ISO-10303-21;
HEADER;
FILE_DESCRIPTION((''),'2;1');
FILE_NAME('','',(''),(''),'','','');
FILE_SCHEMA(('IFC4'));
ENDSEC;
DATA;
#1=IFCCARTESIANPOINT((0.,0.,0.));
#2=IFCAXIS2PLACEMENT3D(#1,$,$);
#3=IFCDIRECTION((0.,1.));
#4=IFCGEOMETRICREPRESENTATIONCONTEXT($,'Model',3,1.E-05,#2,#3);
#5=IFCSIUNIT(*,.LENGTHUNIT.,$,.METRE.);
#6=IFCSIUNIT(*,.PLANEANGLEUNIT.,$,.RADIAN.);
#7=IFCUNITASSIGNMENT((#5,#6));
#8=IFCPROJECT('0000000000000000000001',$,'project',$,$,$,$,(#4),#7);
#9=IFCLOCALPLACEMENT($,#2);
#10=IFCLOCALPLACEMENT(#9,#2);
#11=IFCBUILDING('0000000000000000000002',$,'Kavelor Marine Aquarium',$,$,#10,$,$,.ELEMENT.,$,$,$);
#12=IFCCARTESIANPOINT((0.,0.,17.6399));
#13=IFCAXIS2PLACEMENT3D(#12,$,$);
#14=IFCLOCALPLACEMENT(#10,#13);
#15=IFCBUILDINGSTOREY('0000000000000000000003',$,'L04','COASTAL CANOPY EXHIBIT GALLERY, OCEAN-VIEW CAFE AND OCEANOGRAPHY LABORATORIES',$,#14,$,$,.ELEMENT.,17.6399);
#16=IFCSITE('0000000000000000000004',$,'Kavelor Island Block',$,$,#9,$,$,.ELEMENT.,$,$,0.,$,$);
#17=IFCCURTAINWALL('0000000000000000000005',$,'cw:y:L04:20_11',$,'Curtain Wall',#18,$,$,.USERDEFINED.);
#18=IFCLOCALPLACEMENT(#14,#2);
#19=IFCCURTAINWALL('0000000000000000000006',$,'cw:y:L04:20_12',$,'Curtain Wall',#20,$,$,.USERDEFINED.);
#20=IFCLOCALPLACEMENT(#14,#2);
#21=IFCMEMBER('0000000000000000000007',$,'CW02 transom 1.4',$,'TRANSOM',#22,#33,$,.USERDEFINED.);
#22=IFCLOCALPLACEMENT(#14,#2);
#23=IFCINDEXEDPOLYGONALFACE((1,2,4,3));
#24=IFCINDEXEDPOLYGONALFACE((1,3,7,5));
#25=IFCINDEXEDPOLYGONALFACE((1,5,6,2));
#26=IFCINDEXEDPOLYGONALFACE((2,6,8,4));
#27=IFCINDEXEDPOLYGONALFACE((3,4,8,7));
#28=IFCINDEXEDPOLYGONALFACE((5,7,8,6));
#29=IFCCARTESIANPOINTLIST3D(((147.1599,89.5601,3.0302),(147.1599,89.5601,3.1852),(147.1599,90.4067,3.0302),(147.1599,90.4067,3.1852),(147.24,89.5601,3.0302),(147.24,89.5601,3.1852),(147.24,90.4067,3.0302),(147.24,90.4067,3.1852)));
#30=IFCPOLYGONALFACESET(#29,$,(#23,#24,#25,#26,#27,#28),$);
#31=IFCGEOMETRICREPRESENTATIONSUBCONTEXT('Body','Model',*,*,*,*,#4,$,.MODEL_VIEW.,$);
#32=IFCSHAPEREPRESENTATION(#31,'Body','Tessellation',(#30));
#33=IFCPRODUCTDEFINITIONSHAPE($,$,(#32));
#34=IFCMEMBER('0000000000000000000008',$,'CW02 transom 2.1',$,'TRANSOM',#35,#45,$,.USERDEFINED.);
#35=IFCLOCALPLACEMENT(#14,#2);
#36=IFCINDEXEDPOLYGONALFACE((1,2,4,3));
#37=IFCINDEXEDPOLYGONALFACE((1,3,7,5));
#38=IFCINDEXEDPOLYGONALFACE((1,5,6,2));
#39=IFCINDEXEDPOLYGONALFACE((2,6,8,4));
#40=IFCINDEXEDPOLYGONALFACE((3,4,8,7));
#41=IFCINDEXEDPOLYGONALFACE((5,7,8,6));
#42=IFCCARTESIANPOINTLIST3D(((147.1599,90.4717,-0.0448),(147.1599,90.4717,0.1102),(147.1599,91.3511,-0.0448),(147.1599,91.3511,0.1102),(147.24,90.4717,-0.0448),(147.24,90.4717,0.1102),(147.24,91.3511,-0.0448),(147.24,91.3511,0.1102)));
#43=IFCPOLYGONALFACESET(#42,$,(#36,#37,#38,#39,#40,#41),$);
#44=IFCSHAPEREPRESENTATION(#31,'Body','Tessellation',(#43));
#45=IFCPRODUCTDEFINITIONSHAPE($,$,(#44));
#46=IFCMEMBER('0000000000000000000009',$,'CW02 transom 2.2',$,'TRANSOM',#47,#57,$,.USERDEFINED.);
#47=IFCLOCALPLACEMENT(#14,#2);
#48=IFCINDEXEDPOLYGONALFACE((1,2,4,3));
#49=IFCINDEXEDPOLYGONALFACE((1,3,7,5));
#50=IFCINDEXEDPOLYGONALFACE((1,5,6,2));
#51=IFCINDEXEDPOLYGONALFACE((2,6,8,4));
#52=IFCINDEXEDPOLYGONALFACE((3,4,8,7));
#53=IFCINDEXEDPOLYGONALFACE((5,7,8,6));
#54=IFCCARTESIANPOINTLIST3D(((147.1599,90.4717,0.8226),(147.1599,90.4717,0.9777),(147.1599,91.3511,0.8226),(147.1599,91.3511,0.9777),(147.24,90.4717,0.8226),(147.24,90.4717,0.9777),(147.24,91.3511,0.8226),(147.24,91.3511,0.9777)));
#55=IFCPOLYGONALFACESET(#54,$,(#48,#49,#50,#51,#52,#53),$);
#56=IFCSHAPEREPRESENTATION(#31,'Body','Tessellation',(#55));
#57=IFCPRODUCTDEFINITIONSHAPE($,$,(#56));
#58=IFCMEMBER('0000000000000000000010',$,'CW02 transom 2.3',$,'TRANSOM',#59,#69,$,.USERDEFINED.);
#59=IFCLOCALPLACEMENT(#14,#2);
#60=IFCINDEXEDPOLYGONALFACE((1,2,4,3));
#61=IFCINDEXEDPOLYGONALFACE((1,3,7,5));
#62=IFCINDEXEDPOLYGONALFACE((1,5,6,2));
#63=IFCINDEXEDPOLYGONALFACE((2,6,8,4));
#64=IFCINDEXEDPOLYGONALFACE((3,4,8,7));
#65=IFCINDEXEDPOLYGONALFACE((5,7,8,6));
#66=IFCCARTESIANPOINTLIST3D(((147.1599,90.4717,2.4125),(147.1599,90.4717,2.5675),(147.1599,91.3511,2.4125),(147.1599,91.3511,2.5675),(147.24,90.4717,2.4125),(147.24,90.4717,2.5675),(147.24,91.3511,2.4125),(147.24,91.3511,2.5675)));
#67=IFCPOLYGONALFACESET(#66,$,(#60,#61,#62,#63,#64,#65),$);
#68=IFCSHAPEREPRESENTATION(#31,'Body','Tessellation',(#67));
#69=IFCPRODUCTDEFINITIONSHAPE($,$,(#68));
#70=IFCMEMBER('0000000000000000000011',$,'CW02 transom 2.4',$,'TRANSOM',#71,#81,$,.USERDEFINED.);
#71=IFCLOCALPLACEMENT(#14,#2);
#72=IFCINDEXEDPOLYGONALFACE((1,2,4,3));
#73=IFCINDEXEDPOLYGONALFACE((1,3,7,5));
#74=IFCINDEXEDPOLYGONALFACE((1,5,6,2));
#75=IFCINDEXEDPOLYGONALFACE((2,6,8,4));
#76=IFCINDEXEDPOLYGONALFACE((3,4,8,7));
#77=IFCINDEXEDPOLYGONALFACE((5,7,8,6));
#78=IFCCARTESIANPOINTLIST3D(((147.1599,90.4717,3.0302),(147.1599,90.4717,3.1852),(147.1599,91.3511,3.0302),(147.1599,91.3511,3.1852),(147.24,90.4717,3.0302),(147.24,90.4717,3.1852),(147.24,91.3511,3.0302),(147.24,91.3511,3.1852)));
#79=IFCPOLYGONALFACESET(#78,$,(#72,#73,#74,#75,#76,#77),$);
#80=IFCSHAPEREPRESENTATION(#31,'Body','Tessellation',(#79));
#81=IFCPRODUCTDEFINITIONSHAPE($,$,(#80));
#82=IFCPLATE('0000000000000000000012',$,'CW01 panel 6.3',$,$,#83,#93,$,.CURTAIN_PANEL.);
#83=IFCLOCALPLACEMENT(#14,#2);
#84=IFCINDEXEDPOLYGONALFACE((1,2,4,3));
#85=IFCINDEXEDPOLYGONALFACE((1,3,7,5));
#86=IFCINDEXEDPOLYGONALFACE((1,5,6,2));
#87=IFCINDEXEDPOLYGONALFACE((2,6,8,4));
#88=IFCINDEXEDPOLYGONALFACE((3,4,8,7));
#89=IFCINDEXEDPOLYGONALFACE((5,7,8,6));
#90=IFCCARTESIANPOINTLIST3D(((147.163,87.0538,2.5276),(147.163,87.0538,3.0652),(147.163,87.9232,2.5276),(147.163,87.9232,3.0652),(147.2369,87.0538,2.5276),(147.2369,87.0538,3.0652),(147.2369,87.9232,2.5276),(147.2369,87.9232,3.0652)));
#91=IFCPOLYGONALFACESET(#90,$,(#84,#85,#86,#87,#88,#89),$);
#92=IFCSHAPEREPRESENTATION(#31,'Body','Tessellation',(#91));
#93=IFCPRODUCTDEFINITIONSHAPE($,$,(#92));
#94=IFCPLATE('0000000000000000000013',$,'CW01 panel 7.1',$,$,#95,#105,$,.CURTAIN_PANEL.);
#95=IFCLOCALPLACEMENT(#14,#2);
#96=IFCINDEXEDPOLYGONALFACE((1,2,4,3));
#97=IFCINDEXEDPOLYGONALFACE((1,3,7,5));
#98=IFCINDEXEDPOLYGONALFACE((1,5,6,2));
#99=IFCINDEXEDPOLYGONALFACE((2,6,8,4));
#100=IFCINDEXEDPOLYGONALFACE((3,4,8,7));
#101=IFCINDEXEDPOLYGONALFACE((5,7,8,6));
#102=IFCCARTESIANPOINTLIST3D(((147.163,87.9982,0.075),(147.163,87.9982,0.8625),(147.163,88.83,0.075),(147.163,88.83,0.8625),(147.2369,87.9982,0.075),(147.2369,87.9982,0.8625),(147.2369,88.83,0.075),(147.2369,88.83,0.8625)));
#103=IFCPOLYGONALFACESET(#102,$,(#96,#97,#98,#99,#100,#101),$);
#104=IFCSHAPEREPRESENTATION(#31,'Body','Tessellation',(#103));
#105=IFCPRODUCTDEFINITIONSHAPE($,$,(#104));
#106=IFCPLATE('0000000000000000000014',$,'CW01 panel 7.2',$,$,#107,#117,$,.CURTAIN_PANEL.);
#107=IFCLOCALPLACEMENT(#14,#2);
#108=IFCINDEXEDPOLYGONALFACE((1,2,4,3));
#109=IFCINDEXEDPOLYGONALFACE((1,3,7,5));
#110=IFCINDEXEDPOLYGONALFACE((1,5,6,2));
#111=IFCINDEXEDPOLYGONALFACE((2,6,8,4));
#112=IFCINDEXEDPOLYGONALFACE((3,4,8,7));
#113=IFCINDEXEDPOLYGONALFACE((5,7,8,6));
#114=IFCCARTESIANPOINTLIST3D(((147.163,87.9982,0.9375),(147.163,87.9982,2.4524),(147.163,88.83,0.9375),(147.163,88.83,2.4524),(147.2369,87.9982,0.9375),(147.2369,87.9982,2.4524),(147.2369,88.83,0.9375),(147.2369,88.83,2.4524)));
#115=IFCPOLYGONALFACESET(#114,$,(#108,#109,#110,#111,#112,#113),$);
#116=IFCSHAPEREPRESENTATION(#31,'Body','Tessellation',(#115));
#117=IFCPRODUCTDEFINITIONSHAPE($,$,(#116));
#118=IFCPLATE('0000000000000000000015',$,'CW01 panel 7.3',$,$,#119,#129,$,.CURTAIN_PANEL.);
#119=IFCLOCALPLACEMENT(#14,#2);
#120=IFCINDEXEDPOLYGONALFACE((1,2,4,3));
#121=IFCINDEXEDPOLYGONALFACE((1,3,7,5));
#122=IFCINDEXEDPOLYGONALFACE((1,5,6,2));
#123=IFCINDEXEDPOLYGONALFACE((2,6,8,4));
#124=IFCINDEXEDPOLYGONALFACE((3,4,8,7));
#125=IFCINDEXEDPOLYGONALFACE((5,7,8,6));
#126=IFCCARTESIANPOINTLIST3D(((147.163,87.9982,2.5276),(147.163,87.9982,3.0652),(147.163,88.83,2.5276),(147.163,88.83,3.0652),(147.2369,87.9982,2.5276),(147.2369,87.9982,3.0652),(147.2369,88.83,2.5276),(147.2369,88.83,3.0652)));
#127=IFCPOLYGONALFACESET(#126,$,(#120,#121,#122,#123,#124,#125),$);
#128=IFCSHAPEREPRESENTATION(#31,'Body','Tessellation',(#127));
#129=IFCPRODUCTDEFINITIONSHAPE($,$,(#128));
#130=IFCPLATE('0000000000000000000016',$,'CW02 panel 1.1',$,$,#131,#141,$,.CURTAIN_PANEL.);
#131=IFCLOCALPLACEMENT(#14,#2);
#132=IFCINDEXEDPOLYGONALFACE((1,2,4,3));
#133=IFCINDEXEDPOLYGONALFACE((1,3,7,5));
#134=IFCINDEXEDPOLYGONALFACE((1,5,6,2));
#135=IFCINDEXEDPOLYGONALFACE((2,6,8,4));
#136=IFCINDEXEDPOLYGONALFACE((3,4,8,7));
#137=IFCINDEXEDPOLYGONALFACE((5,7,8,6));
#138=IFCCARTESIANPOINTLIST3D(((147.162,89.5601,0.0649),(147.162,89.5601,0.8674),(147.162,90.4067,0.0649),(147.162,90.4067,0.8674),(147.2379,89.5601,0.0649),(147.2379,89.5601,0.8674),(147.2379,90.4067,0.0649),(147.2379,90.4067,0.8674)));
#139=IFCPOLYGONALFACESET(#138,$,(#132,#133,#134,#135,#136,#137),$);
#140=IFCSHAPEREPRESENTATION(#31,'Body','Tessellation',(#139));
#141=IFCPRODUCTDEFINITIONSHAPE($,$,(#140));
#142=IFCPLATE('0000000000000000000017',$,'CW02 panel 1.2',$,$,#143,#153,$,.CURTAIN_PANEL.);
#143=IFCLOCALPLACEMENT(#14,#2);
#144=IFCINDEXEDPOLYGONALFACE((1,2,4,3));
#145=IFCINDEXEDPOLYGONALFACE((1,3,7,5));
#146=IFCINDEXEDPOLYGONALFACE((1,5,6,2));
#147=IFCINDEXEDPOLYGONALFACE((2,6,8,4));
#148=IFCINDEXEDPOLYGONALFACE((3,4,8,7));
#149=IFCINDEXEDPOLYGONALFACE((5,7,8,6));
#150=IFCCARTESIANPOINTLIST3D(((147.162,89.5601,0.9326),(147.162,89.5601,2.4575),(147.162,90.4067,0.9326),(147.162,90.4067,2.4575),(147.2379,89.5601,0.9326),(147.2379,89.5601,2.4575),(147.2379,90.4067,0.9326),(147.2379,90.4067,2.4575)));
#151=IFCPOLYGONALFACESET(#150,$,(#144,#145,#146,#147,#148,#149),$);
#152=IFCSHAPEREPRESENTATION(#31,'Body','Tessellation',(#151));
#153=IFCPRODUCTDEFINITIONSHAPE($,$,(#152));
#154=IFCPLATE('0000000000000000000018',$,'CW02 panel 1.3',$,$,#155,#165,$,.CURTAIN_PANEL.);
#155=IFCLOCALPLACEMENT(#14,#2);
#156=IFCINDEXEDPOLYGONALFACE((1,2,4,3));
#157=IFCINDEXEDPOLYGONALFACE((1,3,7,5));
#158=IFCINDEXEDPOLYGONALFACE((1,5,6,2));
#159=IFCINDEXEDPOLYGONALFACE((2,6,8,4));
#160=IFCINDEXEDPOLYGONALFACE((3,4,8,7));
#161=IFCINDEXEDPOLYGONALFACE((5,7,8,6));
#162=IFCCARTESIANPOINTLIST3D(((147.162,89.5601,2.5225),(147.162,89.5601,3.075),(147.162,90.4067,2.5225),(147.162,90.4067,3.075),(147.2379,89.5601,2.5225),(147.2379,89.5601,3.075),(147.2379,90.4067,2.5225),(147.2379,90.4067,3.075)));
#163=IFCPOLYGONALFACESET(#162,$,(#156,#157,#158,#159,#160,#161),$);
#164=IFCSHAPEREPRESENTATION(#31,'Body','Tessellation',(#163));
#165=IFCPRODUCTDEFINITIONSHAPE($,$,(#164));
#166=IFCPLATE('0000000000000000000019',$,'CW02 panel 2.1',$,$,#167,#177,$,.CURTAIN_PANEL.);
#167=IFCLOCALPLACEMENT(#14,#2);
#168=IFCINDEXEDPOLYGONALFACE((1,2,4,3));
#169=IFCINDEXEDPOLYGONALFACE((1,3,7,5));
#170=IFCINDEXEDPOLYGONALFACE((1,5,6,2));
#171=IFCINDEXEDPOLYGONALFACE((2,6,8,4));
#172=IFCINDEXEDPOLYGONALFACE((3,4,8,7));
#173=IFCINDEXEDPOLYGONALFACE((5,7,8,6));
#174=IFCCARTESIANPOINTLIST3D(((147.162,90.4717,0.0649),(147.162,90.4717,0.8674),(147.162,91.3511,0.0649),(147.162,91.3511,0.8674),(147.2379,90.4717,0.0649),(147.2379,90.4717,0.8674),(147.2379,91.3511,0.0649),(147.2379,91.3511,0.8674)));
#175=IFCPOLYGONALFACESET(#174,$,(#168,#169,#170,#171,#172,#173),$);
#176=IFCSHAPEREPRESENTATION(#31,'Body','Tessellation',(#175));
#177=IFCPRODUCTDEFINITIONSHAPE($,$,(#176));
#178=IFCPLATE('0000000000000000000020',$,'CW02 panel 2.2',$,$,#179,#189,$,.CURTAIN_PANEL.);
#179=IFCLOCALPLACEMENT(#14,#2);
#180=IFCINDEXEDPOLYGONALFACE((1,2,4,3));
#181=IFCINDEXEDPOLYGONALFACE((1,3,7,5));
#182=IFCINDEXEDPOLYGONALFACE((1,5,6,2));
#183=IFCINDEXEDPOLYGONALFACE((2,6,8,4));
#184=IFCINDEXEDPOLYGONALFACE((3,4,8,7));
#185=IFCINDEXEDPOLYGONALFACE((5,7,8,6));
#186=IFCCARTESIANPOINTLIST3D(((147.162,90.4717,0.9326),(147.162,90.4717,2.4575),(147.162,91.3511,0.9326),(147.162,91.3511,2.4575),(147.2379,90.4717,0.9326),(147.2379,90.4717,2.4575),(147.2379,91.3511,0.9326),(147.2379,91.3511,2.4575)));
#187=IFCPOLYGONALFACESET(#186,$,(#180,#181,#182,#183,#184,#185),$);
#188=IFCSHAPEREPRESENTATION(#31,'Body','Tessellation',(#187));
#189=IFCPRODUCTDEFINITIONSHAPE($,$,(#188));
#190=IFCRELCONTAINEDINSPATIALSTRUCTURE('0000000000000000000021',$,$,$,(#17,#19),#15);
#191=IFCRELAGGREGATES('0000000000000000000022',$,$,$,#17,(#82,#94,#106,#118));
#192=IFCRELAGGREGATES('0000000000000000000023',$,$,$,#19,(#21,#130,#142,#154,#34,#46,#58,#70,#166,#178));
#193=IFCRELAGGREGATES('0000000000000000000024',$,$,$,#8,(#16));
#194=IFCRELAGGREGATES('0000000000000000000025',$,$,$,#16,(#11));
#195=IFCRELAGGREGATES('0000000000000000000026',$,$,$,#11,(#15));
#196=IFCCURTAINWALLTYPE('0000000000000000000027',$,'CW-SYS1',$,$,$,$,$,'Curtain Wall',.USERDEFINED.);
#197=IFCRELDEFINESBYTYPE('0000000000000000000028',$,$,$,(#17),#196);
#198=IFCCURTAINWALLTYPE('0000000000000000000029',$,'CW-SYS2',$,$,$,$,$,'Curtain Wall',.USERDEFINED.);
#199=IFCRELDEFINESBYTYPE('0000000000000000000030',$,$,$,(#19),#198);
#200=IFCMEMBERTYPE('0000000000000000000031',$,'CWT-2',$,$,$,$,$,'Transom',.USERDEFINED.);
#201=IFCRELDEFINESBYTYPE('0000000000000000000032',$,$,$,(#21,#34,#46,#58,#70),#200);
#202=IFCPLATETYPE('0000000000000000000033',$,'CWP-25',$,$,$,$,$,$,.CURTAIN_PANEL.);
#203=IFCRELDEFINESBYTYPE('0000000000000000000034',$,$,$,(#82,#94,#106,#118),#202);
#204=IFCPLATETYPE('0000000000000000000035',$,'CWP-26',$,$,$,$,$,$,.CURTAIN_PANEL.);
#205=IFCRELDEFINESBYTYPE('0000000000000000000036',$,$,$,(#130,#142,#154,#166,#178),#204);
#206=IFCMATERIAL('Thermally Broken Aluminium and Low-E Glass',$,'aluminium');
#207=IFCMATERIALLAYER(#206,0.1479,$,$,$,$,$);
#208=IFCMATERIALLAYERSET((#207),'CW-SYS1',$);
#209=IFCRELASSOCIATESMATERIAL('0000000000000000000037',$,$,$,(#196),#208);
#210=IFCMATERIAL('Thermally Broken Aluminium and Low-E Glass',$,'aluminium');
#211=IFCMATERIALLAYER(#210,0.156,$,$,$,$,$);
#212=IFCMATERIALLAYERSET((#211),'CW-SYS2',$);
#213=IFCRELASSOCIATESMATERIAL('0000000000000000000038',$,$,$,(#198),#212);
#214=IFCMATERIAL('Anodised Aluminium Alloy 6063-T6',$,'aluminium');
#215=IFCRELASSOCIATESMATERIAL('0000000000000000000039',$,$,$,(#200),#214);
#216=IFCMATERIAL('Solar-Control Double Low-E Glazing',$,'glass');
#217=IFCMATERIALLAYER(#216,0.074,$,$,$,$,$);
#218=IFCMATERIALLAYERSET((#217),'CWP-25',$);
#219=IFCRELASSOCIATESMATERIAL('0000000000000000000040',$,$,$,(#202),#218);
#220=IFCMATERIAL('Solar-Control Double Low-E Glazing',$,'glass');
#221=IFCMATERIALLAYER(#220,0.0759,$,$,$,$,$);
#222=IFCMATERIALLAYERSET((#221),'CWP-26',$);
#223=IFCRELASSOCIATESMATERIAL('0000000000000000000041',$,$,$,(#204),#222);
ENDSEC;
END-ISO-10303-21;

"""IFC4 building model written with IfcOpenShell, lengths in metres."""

from ifc_helpers import new_model, si_unit, direction, frame, origin, origin_2d, place, context, subcontext, project, spatial, rectangle, extrude, material, layer, layer_set, material_profile, profile_set, type_object, element, aggregate, save


model = new_model("IFC4")

# Units and contexts
model_context = context("Model", 3, precision=1e-05, world=origin(), true_north=direction((0.0, 1.0)))
body_context = subcontext(model_context, "Body", "Model", "MODEL_VIEW")
ifc_project = project(units=[si_unit("LENGTHUNIT", "METRE"), si_unit("PLANEANGLEUNIT", "RADIAN")], contexts=[model_context])

# Site, building, storey
site_placement = place(None, origin())
site = spatial("IfcSite", under=ifc_project, at=site_placement, Name="Kavelor Island Block", CompositionType="ELEMENT", RefElevation=0.0)
building_placement = place(site_placement, origin())
building = spatial("IfcBuilding", under=site, at=building_placement, Name="Kavelor Marine Aquarium", CompositionType="ELEMENT")
storey_placement = place(building_placement, frame((0.0, 0.0, 17.6399)))
storey = spatial("IfcBuildingStorey", under=building, at=storey_placement, Name="L04", Description="COASTAL CANOPY EXHIBIT GALLERY, OCEAN-VIEW CAFE AND OCEANOGRAPHY LABORATORIES", CompositionType="ELEMENT", Elevation=17.6399)

# Curtain walls
ifc_material_1 = material(Name="Thermally Broken Aluminium and Low-E Glass", Category="aluminium")
ifc_layer_1 = layer(ifc_material_1, 0.1479)
ifc_layer_set_1 = layer_set([ifc_layer_1], Name="CW-SYS1")
curtain_wall_type_1 = type_object("IfcCurtainWallType", Name="CW-SYS1", ElementType="Curtain Wall", PredefinedType="USERDEFINED", material=ifc_layer_set_1)
curtain_wall_1_placement = place(storey_placement, origin())
curtain_wall_1 = element("IfcCurtainWall", 1, at=curtain_wall_1_placement, inside=storey, type_object=curtain_wall_type_1, Name="cw:y:L04:20_11", ObjectType="Curtain Wall", PredefinedType="USERDEFINED")
ifc_material_2 = material(Name="Thermally Broken Aluminium and Low-E Glass", Category="aluminium")
ifc_layer_2 = layer(ifc_material_2, 0.156)
ifc_layer_set_2 = layer_set([ifc_layer_2], Name="CW-SYS2")
curtain_wall_type_2 = type_object("IfcCurtainWallType", Name="CW-SYS2", ElementType="Curtain Wall", PredefinedType="USERDEFINED", material=ifc_layer_set_2)
curtain_wall_2_placement = place(storey_placement, origin())
curtain_wall_2 = element("IfcCurtainWall", 2, at=curtain_wall_2_placement, inside=storey, type_object=curtain_wall_type_2, Name="cw:y:L04:20_12", ObjectType="Curtain Wall", PredefinedType="USERDEFINED")

# Members
ifc_material_3 = material(Name="Anodised Aluminium Alloy 6063-T6", Category="aluminium")
ifc_material_profile_1 = material_profile(ifc_material_3, rectangle(XDim=0.0801, YDim=0.155, at=origin_2d()), Name="CW-TRN 80x155")
ifc_profile_set_1 = profile_set([ifc_material_profile_1], Name="Anodised Aluminium Alloy 6063-T6")
member_type_1 = type_object("IfcMemberType", Name="CWT-2", ElementType="Transom", PredefinedType="USERDEFINED", material=ifc_profile_set_1)
member_1_placement = place(storey_placement, frame((147.2, 89.5601, 3.1077), z_axis=(0.0, 1.0, 0.0), x_axis=(-1.0, 0.0, 0.0)))
member_1 = element("IfcMember", 3, at=member_1_placement, type_object=member_type_1, Name="CW02 transom 1.4", ObjectType="TRANSOM", PredefinedType="USERDEFINED", context=body_context, shape_type="SweptSolid", body=[
    extrude(rectangle(XDim=0.0801, YDim=0.155, at=origin_2d()), origin(), (0.0, 0.0, 1.0), 0.8467),
])
member_2_placement = place(storey_placement, frame((147.2, 90.4717, 0.0327), z_axis=(0.0, 1.0, 0.0), x_axis=(-1.0, 0.0, 0.0)))
member_2 = element("IfcMember", 4, at=member_2_placement, type_object=member_type_1, Name="CW02 transom 2.1", ObjectType="TRANSOM", PredefinedType="USERDEFINED", context=body_context, shape_type="SweptSolid", body=[
    extrude(rectangle(XDim=0.0801, YDim=0.155, at=origin_2d()), origin(), (0.0, 0.0, 1.0), 0.8794),
])
member_3_placement = place(storey_placement, frame((147.2, 90.4717, 0.9001), z_axis=(0.0, 1.0, 0.0), x_axis=(-1.0, 0.0, 0.0)))
member_3 = element("IfcMember", 5, at=member_3_placement, type_object=member_type_1, Name="CW02 transom 2.2", ObjectType="TRANSOM", PredefinedType="USERDEFINED", context=body_context, shape_type="SweptSolid", body=[
    extrude(rectangle(XDim=0.0801, YDim=0.155, at=origin_2d()), origin(), (0.0, 0.0, 1.0), 0.8794),
])
member_4_placement = place(storey_placement, frame((147.2, 90.4717, 2.49), z_axis=(0.0, 1.0, 0.0), x_axis=(-1.0, 0.0, 0.0)))
member_4 = element("IfcMember", 6, at=member_4_placement, type_object=member_type_1, Name="CW02 transom 2.3", ObjectType="TRANSOM", PredefinedType="USERDEFINED", context=body_context, shape_type="SweptSolid", body=[
    extrude(rectangle(XDim=0.0801, YDim=0.155, at=origin_2d()), origin(), (0.0, 0.0, 1.0), 0.8794),
])
member_5_placement = place(storey_placement, frame((147.2, 90.4717, 3.1077), z_axis=(0.0, 1.0, 0.0), x_axis=(-1.0, 0.0, 0.0)))
member_5 = element("IfcMember", 7, at=member_5_placement, type_object=member_type_1, Name="CW02 transom 2.4", ObjectType="TRANSOM", PredefinedType="USERDEFINED", context=body_context, shape_type="SweptSolid", body=[
    extrude(rectangle(XDim=0.0801, YDim=0.155, at=origin_2d()), origin(), (0.0, 0.0, 1.0), 0.8794),
])

# Plates
ifc_material_4 = material(Name="Solar-Control Double Low-E Glazing", Category="glass")
ifc_layer_3 = layer(ifc_material_4, 0.074)
ifc_layer_set_3 = layer_set([ifc_layer_3], Name="CWP-25")
plate_type_1 = type_object("IfcPlateType", Name="CWP-25", PredefinedType="CURTAIN_PANEL", material=ifc_layer_set_3)
plate_1_placement = place(storey_placement, frame((147.2, 87.4885, 2.5276), z_axis=(0.0, 0.0, 1.0), x_axis=(0.0, 1.0, 0.0)))
plate_1 = element("IfcPlate", 8, at=plate_1_placement, type_object=plate_type_1, Name="CW01 panel 6.3", PredefinedType="CURTAIN_PANEL", context=body_context, shape_type="SweptSolid", body=[
    extrude(rectangle(XDim=0.8694, YDim=0.074, at=origin_2d()), origin(), (0.0, 0.0, 1.0), 0.5376),
])
plate_2_placement = place(storey_placement, frame((147.2, 88.4141, 0.075), z_axis=(0.0, 0.0, 1.0), x_axis=(0.0, 1.0, 0.0)))
plate_2 = element("IfcPlate", 9, at=plate_2_placement, type_object=plate_type_1, Name="CW01 panel 7.1", PredefinedType="CURTAIN_PANEL", context=body_context, shape_type="SweptSolid", body=[
    extrude(rectangle(XDim=0.8318, YDim=0.074, at=origin_2d()), origin(), (0.0, 0.0, 1.0), 0.7876),
])
plate_3_placement = place(storey_placement, frame((147.2, 88.4141, 0.9375), z_axis=(0.0, 0.0, 1.0), x_axis=(0.0, 1.0, 0.0)))
plate_3 = element("IfcPlate", 10, at=plate_3_placement, type_object=plate_type_1, Name="CW01 panel 7.2", PredefinedType="CURTAIN_PANEL", context=body_context, shape_type="SweptSolid", body=[
    extrude(rectangle(XDim=0.8318, YDim=0.074, at=origin_2d()), origin(), (0.0, 0.0, 1.0), 1.5149),
])
plate_4_placement = place(storey_placement, frame((147.2, 88.4141, 2.5276), z_axis=(0.0, 0.0, 1.0), x_axis=(0.0, 1.0, 0.0)))
plate_4 = element("IfcPlate", 11, at=plate_4_placement, type_object=plate_type_1, Name="CW01 panel 7.3", PredefinedType="CURTAIN_PANEL", context=body_context, shape_type="SweptSolid", body=[
    extrude(rectangle(XDim=0.8318, YDim=0.074, at=origin_2d()), origin(), (0.0, 0.0, 1.0), 0.5376),
])
aggregate(curtain_wall_1, [plate_1, plate_2, plate_3, plate_4])
ifc_material_5 = material(Name="Solar-Control Double Low-E Glazing", Category="glass")
ifc_layer_4 = layer(ifc_material_5, 0.0759)
ifc_layer_set_4 = layer_set([ifc_layer_4], Name="CWP-26")
plate_type_2 = type_object("IfcPlateType", Name="CWP-26", PredefinedType="CURTAIN_PANEL", material=ifc_layer_set_4)
plate_5_placement = place(storey_placement, frame((147.2, 89.9834, 0.0649), z_axis=(0.0, 0.0, 1.0), x_axis=(0.0, 1.0, 0.0)))
plate_5 = element("IfcPlate", 12, at=plate_5_placement, type_object=plate_type_2, Name="CW02 panel 1.1", PredefinedType="CURTAIN_PANEL", context=body_context, shape_type="SweptSolid", body=[
    extrude(rectangle(XDim=0.8467, YDim=0.0759, at=origin_2d()), origin(), (0.0, 0.0, 1.0), 0.8025),
])
plate_6_placement = place(storey_placement, frame((147.2, 89.9834, 0.9326), z_axis=(0.0, 0.0, 1.0), x_axis=(0.0, 1.0, 0.0)))
plate_6 = element("IfcPlate", 13, at=plate_6_placement, type_object=plate_type_2, Name="CW02 panel 1.2", PredefinedType="CURTAIN_PANEL", context=body_context, shape_type="SweptSolid", body=[
    extrude(rectangle(XDim=0.8467, YDim=0.0759, at=origin_2d()), origin(), (0.0, 0.0, 1.0), 1.5249),
])
plate_7_placement = place(storey_placement, frame((147.2, 89.9834, 2.5225), z_axis=(0.0, 0.0, 1.0), x_axis=(0.0, 1.0, 0.0)))
plate_7 = element("IfcPlate", 14, at=plate_7_placement, type_object=plate_type_2, Name="CW02 panel 1.3", PredefinedType="CURTAIN_PANEL", context=body_context, shape_type="SweptSolid", body=[
    extrude(rectangle(XDim=0.8467, YDim=0.0759, at=origin_2d()), origin(), (0.0, 0.0, 1.0), 0.5525),
])
plate_8_placement = place(storey_placement, frame((147.2, 90.9114, 0.0649), z_axis=(0.0, 0.0, 1.0), x_axis=(0.0, 1.0, 0.0)))
plate_8 = element("IfcPlate", 15, at=plate_8_placement, type_object=plate_type_2, Name="CW02 panel 2.1", PredefinedType="CURTAIN_PANEL", context=body_context, shape_type="SweptSolid", body=[
    extrude(rectangle(XDim=0.8794, YDim=0.0759, at=origin_2d()), origin(), (0.0, 0.0, 1.0), 0.8025),
])
plate_9_placement = place(storey_placement, frame((147.2, 90.9114, 0.9326), z_axis=(0.0, 0.0, 1.0), x_axis=(0.0, 1.0, 0.0)))
plate_9 = element("IfcPlate", 16, at=plate_9_placement, type_object=plate_type_2, Name="CW02 panel 2.2", PredefinedType="CURTAIN_PANEL", context=body_context, shape_type="SweptSolid", body=[
    extrude(rectangle(XDim=0.8794, YDim=0.0759, at=origin_2d()), origin(), (0.0, 0.0, 1.0), 1.5249),
])
aggregate(curtain_wall_2, [member_1, plate_5, plate_6, plate_7, member_2, member_3, member_4, member_5, plate_8, plate_9])

save(model, "model.ifc")
